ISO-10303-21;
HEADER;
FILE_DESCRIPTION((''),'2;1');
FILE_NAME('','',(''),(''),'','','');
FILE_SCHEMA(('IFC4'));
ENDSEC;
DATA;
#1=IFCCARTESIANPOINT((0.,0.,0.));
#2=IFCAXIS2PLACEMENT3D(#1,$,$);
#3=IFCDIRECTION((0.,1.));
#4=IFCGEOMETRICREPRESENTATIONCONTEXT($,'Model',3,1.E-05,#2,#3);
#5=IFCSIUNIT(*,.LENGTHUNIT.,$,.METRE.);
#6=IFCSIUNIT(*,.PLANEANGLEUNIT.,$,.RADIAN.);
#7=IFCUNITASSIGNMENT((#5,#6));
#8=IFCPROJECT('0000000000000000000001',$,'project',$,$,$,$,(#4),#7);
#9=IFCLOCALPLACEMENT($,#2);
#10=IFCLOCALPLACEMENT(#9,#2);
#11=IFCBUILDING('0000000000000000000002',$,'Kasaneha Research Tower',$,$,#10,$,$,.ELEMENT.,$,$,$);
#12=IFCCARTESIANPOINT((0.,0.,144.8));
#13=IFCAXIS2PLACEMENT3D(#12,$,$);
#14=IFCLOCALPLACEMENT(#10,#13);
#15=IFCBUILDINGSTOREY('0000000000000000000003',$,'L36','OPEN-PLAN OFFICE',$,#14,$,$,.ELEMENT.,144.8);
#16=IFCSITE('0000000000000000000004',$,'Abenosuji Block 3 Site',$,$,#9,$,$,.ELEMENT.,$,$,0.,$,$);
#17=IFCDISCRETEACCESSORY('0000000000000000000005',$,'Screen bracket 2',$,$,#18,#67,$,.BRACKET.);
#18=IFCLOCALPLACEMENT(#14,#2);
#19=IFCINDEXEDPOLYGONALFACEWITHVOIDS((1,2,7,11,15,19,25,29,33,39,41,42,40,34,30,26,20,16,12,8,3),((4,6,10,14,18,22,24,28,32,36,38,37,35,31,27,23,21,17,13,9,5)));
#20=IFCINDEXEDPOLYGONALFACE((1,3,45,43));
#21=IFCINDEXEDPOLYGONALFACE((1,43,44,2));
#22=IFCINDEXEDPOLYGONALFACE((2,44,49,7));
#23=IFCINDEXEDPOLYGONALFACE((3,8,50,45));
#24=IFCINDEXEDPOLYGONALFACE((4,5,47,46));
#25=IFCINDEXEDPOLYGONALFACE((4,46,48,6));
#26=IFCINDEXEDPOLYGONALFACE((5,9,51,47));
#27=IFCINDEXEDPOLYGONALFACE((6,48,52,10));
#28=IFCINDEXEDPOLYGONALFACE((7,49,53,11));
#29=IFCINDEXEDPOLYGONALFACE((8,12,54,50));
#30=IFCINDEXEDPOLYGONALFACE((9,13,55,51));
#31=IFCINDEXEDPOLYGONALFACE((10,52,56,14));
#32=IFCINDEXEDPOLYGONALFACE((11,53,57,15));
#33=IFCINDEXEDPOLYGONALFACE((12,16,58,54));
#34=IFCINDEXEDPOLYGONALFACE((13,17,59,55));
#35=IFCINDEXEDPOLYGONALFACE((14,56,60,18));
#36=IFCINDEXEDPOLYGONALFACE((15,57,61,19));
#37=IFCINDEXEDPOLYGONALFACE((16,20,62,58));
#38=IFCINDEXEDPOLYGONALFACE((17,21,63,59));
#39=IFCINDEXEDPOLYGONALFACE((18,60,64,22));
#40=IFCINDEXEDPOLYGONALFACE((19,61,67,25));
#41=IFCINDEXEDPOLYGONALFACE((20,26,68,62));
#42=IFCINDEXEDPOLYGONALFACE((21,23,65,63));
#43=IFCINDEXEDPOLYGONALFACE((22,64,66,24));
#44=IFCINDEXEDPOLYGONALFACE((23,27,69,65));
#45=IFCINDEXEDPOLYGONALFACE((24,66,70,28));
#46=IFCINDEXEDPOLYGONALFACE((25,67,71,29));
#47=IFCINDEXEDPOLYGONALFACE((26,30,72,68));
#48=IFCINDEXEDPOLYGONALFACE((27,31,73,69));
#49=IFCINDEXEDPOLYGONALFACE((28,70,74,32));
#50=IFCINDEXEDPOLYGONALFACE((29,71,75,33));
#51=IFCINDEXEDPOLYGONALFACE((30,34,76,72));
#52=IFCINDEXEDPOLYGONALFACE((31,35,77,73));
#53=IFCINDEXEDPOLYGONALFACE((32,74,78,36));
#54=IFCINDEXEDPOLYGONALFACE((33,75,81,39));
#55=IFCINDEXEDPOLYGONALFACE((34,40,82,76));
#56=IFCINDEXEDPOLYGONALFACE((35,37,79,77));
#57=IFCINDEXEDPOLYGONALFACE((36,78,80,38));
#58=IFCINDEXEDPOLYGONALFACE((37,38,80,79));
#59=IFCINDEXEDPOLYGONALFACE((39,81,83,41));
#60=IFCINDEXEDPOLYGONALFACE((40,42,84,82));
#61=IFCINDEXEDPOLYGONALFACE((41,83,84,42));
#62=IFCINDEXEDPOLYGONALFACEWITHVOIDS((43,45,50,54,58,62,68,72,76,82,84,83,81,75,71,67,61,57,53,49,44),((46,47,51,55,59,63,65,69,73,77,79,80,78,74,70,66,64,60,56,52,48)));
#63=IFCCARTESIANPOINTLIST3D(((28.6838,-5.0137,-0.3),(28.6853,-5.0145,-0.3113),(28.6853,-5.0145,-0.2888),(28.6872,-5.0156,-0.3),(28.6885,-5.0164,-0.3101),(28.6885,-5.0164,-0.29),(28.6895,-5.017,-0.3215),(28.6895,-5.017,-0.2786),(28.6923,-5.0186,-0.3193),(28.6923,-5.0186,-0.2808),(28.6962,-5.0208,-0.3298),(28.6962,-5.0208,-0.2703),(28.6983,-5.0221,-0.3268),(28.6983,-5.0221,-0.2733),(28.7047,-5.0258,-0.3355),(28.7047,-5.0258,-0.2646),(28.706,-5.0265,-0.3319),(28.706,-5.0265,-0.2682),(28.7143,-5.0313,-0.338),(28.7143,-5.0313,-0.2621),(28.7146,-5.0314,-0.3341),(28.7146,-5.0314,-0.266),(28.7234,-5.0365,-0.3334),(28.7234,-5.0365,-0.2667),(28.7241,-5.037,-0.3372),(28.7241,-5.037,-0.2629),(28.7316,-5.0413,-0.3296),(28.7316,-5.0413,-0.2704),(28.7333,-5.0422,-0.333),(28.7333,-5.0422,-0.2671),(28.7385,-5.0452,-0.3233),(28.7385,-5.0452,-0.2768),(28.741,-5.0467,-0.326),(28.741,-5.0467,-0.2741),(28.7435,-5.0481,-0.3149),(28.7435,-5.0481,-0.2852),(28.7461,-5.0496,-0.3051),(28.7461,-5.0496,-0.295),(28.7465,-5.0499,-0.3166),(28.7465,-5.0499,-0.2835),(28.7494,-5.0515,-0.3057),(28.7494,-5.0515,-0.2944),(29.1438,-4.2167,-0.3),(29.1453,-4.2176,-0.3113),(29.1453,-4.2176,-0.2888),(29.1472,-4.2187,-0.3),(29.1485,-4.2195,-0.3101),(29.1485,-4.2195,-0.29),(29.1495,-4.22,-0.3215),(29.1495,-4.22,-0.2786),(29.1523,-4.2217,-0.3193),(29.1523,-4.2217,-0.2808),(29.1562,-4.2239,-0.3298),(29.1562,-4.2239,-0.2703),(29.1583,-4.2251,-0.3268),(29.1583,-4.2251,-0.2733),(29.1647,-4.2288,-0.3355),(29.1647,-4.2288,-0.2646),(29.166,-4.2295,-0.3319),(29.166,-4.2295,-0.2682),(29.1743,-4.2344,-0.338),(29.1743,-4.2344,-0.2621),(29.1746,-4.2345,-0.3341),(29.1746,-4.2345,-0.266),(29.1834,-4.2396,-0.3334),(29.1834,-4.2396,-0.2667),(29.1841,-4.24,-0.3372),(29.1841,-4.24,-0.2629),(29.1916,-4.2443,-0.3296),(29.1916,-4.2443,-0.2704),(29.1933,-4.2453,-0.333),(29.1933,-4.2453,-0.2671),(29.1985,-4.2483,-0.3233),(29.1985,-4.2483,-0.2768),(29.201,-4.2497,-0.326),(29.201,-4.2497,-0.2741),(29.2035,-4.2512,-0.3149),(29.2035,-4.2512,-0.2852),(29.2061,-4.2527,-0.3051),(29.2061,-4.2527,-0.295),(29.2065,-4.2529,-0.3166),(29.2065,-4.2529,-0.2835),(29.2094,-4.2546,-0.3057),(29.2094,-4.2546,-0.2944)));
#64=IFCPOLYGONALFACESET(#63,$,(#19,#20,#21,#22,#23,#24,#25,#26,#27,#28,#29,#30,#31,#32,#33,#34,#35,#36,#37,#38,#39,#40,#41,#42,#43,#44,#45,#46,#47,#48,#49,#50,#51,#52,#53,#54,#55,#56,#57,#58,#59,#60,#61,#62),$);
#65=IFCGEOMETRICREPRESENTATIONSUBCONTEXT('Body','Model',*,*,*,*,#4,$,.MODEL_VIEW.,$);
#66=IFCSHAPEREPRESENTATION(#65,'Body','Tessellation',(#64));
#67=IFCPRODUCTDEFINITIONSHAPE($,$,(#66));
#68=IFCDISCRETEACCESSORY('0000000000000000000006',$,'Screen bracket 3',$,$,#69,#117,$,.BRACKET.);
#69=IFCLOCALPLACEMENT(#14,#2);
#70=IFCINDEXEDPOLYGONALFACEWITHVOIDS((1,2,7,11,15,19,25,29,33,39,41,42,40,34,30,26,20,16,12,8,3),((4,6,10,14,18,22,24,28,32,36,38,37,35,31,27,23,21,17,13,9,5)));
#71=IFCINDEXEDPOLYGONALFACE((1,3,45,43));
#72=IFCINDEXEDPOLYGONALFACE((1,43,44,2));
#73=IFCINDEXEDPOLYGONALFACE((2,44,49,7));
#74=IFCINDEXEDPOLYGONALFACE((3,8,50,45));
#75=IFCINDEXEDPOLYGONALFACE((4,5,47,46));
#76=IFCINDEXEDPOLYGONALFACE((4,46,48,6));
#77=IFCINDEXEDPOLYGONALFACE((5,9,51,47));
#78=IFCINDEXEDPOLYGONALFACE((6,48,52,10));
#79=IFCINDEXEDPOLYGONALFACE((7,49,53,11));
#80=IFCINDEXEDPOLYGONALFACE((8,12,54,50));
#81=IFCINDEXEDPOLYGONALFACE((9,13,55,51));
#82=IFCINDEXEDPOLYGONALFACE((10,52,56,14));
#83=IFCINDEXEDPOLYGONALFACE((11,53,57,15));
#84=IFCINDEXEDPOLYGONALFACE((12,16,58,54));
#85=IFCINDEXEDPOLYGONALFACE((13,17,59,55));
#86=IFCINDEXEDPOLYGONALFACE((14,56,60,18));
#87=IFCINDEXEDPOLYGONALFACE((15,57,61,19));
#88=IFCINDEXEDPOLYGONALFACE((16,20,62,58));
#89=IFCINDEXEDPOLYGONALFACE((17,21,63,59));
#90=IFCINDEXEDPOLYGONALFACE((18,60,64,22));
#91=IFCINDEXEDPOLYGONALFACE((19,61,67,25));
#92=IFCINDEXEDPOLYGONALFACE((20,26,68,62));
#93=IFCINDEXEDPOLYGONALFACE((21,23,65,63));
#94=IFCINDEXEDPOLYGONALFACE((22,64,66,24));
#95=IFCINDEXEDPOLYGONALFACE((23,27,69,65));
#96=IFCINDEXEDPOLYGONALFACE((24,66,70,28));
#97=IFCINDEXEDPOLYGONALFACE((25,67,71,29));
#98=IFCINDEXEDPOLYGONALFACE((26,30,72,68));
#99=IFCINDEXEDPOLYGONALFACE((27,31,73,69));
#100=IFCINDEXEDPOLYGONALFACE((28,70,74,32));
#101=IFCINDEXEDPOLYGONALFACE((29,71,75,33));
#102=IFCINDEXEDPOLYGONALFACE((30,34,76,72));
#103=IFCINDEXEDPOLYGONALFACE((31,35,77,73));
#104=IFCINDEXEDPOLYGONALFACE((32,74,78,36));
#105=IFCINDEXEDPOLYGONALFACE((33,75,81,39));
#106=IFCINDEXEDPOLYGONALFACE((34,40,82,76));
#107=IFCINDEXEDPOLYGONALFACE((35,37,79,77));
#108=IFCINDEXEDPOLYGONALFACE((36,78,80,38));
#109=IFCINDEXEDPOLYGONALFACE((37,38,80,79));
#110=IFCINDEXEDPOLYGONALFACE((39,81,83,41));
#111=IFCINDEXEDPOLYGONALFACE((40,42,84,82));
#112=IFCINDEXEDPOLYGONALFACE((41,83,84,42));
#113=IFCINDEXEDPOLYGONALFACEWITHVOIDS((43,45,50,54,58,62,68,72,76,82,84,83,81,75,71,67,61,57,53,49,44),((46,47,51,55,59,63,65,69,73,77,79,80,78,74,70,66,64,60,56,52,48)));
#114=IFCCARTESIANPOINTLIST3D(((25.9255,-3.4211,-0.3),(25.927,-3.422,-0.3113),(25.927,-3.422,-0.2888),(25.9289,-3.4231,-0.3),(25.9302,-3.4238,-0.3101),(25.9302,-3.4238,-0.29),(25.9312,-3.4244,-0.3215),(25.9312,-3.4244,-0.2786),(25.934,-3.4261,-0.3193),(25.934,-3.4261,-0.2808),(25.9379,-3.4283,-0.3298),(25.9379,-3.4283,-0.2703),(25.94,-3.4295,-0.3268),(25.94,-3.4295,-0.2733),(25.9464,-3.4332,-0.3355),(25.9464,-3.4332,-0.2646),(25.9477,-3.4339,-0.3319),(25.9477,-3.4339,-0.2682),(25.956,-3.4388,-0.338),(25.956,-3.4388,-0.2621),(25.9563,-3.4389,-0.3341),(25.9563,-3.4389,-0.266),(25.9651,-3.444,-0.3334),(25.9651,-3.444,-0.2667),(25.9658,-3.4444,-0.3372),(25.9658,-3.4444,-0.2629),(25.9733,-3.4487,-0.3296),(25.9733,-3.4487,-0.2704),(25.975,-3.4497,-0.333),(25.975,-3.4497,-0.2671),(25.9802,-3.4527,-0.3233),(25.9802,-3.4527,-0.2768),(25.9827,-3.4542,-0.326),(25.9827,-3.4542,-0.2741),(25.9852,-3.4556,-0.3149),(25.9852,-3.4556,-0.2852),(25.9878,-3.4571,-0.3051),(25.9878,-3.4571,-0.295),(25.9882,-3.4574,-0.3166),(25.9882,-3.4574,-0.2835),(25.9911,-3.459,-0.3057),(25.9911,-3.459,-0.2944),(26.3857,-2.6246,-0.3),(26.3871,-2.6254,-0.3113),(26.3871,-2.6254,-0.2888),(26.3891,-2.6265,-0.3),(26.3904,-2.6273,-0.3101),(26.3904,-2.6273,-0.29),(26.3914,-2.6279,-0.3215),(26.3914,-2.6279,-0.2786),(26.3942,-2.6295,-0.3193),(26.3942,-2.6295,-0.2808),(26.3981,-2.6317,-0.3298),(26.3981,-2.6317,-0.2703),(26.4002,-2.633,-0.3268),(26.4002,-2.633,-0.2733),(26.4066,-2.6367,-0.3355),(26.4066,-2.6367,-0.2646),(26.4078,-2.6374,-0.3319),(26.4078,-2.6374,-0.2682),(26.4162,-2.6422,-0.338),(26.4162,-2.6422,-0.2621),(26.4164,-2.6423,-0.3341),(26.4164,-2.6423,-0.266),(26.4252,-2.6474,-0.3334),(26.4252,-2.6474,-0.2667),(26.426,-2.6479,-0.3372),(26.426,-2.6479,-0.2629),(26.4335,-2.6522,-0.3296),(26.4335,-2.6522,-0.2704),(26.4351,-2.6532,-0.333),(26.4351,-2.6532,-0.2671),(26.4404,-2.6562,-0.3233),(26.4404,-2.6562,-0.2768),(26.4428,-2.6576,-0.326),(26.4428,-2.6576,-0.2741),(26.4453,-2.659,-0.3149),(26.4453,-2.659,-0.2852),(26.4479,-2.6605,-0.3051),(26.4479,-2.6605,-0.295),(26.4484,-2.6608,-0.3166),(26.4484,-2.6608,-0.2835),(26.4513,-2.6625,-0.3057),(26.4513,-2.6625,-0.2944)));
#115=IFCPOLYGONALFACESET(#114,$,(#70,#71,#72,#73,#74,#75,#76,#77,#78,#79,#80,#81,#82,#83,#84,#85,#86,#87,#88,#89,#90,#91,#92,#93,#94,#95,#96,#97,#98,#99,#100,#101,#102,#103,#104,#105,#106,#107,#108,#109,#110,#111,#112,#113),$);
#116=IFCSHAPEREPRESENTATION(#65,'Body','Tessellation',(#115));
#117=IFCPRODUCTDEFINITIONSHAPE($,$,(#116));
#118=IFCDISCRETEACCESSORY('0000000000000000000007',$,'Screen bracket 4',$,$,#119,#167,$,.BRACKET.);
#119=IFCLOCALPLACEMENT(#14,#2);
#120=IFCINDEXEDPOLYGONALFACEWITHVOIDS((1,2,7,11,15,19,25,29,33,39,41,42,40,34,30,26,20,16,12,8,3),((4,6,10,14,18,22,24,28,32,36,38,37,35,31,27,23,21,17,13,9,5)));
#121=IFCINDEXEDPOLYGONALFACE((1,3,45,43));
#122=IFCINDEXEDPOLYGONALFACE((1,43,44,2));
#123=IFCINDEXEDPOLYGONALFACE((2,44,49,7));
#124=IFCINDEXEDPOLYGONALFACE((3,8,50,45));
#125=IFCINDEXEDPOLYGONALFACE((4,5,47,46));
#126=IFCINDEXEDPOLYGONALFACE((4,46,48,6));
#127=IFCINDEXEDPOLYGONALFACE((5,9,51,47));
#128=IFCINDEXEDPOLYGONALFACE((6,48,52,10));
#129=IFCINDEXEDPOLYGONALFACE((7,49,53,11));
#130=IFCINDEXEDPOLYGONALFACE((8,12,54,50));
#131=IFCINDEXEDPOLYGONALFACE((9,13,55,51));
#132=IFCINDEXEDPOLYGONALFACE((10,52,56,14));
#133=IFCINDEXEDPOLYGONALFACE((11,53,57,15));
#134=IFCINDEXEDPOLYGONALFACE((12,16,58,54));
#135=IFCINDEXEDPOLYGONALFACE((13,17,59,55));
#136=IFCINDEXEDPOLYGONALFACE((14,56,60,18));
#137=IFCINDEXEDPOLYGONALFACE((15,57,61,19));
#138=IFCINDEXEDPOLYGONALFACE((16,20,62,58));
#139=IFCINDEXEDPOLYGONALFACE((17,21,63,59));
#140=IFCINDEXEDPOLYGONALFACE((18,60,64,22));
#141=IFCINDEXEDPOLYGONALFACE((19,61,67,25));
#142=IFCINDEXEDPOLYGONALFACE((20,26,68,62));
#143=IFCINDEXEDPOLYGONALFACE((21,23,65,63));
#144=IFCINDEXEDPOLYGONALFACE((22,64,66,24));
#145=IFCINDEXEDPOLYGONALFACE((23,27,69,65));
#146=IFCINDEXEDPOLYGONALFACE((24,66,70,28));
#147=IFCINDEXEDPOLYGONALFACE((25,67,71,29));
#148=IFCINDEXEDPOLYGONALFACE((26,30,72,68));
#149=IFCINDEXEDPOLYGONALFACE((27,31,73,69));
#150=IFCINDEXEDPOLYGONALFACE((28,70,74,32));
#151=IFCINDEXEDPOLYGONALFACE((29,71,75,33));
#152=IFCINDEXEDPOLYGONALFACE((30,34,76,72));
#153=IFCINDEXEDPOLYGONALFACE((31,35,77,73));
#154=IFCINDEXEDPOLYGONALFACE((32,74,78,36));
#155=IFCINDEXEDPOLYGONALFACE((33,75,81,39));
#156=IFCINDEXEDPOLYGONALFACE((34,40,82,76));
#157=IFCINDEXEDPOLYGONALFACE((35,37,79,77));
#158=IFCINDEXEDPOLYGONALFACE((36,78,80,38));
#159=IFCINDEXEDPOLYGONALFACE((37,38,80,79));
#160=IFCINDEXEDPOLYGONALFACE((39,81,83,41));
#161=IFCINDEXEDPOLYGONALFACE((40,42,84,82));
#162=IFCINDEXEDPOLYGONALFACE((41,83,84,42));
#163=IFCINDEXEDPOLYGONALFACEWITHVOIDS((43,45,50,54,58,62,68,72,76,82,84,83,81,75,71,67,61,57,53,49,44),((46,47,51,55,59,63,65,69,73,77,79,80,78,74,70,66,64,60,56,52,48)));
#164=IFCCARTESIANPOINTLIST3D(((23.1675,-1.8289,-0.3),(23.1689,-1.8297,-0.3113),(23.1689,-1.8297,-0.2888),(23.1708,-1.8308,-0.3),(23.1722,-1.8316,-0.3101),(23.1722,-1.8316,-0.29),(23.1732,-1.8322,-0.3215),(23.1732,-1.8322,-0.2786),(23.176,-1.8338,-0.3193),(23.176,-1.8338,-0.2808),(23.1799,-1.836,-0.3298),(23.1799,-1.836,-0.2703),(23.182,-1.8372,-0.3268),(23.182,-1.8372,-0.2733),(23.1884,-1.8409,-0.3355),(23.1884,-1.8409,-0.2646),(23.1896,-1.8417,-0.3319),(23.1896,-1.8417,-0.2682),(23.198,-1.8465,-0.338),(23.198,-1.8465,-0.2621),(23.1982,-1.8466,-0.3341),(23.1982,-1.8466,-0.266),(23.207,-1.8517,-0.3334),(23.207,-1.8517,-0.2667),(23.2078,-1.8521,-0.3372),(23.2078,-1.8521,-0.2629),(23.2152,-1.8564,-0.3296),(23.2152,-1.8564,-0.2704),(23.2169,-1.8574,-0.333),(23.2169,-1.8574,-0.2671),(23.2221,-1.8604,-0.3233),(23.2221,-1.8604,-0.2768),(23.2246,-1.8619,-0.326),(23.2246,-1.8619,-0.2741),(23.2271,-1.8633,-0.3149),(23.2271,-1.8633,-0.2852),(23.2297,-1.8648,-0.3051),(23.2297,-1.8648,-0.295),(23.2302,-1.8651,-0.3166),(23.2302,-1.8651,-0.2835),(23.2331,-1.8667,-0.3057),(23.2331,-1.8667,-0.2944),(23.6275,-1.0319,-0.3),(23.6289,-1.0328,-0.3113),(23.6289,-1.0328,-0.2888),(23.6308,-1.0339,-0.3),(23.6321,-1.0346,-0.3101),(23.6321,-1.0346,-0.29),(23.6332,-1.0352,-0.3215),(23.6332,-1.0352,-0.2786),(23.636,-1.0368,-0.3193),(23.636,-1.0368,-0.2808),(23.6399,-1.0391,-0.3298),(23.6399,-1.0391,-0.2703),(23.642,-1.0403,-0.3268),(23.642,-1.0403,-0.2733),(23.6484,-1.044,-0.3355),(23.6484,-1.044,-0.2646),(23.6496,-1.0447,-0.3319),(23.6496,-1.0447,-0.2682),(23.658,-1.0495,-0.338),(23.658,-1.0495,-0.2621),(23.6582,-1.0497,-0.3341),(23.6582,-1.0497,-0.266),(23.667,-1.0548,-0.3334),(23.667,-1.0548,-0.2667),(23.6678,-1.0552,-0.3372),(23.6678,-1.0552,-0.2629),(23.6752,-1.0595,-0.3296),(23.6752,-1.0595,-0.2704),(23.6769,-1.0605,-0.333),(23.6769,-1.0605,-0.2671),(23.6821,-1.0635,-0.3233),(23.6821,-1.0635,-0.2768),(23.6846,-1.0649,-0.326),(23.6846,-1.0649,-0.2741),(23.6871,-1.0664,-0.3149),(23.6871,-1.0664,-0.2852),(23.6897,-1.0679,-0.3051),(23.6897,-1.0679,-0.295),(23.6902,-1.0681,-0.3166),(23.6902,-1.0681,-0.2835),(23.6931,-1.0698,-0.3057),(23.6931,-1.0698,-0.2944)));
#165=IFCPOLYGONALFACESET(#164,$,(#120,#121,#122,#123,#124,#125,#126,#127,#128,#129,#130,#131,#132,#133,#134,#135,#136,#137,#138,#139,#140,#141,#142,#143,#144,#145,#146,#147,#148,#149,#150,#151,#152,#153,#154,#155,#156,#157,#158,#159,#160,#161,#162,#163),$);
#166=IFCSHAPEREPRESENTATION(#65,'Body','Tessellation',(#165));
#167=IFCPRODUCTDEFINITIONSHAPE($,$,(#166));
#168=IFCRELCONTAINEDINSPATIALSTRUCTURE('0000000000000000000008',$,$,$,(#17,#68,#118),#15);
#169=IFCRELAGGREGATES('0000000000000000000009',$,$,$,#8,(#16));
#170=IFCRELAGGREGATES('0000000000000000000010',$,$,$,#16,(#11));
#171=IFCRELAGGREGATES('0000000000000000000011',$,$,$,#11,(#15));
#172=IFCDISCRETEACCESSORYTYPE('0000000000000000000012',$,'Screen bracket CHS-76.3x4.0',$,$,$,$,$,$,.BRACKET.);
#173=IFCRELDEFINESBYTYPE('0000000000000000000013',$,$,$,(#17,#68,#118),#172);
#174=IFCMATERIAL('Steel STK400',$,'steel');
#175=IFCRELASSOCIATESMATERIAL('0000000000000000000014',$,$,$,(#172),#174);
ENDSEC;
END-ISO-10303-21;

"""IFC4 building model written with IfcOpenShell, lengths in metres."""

from ifc_helpers import new_model, si_unit, direction, frame, origin, origin_2d, place, context, subcontext, project, spatial, hollow_circle, extrude, material, material_profile, profile_set, type_object, element, save


model = new_model("IFC4")

# Units and contexts
model_context = context("Model", 3, precision=1e-05, world=origin(), true_north=direction((0.0, 1.0)))
body_context = subcontext(model_context, "Body", "Model", "MODEL_VIEW")
ifc_project = project(units=[si_unit("LENGTHUNIT", "METRE"), si_unit("PLANEANGLEUNIT", "RADIAN")], contexts=[model_context])

# Site, building, storey
site_placement = place(None, origin())
site = spatial("IfcSite", under=ifc_project, at=site_placement, Name="Abenosuji Block 3 Site", CompositionType="ELEMENT", RefElevation=0.0)
building_placement = place(site_placement, origin())
building = spatial("IfcBuilding", under=site, at=building_placement, Name="Kasaneha Research Tower", CompositionType="ELEMENT")
storey_placement = place(building_placement, frame((0.0, 0.0, 144.8)))
storey = spatial("IfcBuildingStorey", under=building, at=storey_placement, Name="L36", Description="OPEN-PLAN OFFICE", CompositionType="ELEMENT", Elevation=144.8)

# Discrete accessories
ifc_material_1 = material(Name="Steel STK400", Category="steel")
ifc_material_profile_1 = material_profile(ifc_material_1, hollow_circle(Radius=0.0381, WallThickness=0.0039, at=origin_2d()), Name="CHS-76.3x4.0")
ifc_profile_set_1 = profile_set([ifc_material_profile_1], Name="Steel STK400")
discrete_accessory_type = type_object("IfcDiscreteAccessoryType", Name="Screen bracket CHS-76.3x4.0", PredefinedType="BRACKET", material=ifc_profile_set_1)
discrete_accessory_1_placement = place(storey_placement, frame((28.7168, -5.0327, -0.3), z_axis=(0.499906, 0.86608, 0.0), x_axis=(-0.86608, 0.499906, 0.0)))
element("IfcDiscreteAccessory", 1, at=discrete_accessory_1_placement, inside=storey, type_object=discrete_accessory_type, Name="Screen bracket 2", PredefinedType="BRACKET", context=body_context, shape_type="SweptSolid", body=[
    extrude(hollow_circle(Radius=0.0381, WallThickness=0.0039, at=origin_2d()), origin(), (0.0, 0.0, 1.0), 0.9202),
])
discrete_accessory_2_placement = place(storey_placement, frame((25.9585, -3.4402, -0.3), z_axis=(0.50022, 0.865898, 0.0), x_axis=(-0.865898, 0.50022, 0.0)))
element("IfcDiscreteAccessory", 2, at=discrete_accessory_2_placement, inside=storey, type_object=discrete_accessory_type, Name="Screen bracket 3", PredefinedType="BRACKET", context=body_context, shape_type="SweptSolid", body=[
    extrude(hollow_circle(Radius=0.0381, WallThickness=0.0039, at=origin_2d()), origin(), (0.0, 0.0, 1.0), 0.9199),
])
discrete_accessory_3_placement = place(storey_placement, frame((23.2004, -1.8479, -0.3), z_axis=(0.499906, 0.86608, 0.0), x_axis=(-0.86608, 0.499906, 0.0)))
element("IfcDiscreteAccessory", 3, at=discrete_accessory_3_placement, inside=storey, type_object=discrete_accessory_type, Name="Screen bracket 4", PredefinedType="BRACKET", context=body_context, shape_type="SweptSolid", body=[
    extrude(hollow_circle(Radius=0.0381, WallThickness=0.0039, at=origin_2d()), origin(), (0.0, 0.0, 1.0), 0.9202),
])

save(model, "model.ifc")
